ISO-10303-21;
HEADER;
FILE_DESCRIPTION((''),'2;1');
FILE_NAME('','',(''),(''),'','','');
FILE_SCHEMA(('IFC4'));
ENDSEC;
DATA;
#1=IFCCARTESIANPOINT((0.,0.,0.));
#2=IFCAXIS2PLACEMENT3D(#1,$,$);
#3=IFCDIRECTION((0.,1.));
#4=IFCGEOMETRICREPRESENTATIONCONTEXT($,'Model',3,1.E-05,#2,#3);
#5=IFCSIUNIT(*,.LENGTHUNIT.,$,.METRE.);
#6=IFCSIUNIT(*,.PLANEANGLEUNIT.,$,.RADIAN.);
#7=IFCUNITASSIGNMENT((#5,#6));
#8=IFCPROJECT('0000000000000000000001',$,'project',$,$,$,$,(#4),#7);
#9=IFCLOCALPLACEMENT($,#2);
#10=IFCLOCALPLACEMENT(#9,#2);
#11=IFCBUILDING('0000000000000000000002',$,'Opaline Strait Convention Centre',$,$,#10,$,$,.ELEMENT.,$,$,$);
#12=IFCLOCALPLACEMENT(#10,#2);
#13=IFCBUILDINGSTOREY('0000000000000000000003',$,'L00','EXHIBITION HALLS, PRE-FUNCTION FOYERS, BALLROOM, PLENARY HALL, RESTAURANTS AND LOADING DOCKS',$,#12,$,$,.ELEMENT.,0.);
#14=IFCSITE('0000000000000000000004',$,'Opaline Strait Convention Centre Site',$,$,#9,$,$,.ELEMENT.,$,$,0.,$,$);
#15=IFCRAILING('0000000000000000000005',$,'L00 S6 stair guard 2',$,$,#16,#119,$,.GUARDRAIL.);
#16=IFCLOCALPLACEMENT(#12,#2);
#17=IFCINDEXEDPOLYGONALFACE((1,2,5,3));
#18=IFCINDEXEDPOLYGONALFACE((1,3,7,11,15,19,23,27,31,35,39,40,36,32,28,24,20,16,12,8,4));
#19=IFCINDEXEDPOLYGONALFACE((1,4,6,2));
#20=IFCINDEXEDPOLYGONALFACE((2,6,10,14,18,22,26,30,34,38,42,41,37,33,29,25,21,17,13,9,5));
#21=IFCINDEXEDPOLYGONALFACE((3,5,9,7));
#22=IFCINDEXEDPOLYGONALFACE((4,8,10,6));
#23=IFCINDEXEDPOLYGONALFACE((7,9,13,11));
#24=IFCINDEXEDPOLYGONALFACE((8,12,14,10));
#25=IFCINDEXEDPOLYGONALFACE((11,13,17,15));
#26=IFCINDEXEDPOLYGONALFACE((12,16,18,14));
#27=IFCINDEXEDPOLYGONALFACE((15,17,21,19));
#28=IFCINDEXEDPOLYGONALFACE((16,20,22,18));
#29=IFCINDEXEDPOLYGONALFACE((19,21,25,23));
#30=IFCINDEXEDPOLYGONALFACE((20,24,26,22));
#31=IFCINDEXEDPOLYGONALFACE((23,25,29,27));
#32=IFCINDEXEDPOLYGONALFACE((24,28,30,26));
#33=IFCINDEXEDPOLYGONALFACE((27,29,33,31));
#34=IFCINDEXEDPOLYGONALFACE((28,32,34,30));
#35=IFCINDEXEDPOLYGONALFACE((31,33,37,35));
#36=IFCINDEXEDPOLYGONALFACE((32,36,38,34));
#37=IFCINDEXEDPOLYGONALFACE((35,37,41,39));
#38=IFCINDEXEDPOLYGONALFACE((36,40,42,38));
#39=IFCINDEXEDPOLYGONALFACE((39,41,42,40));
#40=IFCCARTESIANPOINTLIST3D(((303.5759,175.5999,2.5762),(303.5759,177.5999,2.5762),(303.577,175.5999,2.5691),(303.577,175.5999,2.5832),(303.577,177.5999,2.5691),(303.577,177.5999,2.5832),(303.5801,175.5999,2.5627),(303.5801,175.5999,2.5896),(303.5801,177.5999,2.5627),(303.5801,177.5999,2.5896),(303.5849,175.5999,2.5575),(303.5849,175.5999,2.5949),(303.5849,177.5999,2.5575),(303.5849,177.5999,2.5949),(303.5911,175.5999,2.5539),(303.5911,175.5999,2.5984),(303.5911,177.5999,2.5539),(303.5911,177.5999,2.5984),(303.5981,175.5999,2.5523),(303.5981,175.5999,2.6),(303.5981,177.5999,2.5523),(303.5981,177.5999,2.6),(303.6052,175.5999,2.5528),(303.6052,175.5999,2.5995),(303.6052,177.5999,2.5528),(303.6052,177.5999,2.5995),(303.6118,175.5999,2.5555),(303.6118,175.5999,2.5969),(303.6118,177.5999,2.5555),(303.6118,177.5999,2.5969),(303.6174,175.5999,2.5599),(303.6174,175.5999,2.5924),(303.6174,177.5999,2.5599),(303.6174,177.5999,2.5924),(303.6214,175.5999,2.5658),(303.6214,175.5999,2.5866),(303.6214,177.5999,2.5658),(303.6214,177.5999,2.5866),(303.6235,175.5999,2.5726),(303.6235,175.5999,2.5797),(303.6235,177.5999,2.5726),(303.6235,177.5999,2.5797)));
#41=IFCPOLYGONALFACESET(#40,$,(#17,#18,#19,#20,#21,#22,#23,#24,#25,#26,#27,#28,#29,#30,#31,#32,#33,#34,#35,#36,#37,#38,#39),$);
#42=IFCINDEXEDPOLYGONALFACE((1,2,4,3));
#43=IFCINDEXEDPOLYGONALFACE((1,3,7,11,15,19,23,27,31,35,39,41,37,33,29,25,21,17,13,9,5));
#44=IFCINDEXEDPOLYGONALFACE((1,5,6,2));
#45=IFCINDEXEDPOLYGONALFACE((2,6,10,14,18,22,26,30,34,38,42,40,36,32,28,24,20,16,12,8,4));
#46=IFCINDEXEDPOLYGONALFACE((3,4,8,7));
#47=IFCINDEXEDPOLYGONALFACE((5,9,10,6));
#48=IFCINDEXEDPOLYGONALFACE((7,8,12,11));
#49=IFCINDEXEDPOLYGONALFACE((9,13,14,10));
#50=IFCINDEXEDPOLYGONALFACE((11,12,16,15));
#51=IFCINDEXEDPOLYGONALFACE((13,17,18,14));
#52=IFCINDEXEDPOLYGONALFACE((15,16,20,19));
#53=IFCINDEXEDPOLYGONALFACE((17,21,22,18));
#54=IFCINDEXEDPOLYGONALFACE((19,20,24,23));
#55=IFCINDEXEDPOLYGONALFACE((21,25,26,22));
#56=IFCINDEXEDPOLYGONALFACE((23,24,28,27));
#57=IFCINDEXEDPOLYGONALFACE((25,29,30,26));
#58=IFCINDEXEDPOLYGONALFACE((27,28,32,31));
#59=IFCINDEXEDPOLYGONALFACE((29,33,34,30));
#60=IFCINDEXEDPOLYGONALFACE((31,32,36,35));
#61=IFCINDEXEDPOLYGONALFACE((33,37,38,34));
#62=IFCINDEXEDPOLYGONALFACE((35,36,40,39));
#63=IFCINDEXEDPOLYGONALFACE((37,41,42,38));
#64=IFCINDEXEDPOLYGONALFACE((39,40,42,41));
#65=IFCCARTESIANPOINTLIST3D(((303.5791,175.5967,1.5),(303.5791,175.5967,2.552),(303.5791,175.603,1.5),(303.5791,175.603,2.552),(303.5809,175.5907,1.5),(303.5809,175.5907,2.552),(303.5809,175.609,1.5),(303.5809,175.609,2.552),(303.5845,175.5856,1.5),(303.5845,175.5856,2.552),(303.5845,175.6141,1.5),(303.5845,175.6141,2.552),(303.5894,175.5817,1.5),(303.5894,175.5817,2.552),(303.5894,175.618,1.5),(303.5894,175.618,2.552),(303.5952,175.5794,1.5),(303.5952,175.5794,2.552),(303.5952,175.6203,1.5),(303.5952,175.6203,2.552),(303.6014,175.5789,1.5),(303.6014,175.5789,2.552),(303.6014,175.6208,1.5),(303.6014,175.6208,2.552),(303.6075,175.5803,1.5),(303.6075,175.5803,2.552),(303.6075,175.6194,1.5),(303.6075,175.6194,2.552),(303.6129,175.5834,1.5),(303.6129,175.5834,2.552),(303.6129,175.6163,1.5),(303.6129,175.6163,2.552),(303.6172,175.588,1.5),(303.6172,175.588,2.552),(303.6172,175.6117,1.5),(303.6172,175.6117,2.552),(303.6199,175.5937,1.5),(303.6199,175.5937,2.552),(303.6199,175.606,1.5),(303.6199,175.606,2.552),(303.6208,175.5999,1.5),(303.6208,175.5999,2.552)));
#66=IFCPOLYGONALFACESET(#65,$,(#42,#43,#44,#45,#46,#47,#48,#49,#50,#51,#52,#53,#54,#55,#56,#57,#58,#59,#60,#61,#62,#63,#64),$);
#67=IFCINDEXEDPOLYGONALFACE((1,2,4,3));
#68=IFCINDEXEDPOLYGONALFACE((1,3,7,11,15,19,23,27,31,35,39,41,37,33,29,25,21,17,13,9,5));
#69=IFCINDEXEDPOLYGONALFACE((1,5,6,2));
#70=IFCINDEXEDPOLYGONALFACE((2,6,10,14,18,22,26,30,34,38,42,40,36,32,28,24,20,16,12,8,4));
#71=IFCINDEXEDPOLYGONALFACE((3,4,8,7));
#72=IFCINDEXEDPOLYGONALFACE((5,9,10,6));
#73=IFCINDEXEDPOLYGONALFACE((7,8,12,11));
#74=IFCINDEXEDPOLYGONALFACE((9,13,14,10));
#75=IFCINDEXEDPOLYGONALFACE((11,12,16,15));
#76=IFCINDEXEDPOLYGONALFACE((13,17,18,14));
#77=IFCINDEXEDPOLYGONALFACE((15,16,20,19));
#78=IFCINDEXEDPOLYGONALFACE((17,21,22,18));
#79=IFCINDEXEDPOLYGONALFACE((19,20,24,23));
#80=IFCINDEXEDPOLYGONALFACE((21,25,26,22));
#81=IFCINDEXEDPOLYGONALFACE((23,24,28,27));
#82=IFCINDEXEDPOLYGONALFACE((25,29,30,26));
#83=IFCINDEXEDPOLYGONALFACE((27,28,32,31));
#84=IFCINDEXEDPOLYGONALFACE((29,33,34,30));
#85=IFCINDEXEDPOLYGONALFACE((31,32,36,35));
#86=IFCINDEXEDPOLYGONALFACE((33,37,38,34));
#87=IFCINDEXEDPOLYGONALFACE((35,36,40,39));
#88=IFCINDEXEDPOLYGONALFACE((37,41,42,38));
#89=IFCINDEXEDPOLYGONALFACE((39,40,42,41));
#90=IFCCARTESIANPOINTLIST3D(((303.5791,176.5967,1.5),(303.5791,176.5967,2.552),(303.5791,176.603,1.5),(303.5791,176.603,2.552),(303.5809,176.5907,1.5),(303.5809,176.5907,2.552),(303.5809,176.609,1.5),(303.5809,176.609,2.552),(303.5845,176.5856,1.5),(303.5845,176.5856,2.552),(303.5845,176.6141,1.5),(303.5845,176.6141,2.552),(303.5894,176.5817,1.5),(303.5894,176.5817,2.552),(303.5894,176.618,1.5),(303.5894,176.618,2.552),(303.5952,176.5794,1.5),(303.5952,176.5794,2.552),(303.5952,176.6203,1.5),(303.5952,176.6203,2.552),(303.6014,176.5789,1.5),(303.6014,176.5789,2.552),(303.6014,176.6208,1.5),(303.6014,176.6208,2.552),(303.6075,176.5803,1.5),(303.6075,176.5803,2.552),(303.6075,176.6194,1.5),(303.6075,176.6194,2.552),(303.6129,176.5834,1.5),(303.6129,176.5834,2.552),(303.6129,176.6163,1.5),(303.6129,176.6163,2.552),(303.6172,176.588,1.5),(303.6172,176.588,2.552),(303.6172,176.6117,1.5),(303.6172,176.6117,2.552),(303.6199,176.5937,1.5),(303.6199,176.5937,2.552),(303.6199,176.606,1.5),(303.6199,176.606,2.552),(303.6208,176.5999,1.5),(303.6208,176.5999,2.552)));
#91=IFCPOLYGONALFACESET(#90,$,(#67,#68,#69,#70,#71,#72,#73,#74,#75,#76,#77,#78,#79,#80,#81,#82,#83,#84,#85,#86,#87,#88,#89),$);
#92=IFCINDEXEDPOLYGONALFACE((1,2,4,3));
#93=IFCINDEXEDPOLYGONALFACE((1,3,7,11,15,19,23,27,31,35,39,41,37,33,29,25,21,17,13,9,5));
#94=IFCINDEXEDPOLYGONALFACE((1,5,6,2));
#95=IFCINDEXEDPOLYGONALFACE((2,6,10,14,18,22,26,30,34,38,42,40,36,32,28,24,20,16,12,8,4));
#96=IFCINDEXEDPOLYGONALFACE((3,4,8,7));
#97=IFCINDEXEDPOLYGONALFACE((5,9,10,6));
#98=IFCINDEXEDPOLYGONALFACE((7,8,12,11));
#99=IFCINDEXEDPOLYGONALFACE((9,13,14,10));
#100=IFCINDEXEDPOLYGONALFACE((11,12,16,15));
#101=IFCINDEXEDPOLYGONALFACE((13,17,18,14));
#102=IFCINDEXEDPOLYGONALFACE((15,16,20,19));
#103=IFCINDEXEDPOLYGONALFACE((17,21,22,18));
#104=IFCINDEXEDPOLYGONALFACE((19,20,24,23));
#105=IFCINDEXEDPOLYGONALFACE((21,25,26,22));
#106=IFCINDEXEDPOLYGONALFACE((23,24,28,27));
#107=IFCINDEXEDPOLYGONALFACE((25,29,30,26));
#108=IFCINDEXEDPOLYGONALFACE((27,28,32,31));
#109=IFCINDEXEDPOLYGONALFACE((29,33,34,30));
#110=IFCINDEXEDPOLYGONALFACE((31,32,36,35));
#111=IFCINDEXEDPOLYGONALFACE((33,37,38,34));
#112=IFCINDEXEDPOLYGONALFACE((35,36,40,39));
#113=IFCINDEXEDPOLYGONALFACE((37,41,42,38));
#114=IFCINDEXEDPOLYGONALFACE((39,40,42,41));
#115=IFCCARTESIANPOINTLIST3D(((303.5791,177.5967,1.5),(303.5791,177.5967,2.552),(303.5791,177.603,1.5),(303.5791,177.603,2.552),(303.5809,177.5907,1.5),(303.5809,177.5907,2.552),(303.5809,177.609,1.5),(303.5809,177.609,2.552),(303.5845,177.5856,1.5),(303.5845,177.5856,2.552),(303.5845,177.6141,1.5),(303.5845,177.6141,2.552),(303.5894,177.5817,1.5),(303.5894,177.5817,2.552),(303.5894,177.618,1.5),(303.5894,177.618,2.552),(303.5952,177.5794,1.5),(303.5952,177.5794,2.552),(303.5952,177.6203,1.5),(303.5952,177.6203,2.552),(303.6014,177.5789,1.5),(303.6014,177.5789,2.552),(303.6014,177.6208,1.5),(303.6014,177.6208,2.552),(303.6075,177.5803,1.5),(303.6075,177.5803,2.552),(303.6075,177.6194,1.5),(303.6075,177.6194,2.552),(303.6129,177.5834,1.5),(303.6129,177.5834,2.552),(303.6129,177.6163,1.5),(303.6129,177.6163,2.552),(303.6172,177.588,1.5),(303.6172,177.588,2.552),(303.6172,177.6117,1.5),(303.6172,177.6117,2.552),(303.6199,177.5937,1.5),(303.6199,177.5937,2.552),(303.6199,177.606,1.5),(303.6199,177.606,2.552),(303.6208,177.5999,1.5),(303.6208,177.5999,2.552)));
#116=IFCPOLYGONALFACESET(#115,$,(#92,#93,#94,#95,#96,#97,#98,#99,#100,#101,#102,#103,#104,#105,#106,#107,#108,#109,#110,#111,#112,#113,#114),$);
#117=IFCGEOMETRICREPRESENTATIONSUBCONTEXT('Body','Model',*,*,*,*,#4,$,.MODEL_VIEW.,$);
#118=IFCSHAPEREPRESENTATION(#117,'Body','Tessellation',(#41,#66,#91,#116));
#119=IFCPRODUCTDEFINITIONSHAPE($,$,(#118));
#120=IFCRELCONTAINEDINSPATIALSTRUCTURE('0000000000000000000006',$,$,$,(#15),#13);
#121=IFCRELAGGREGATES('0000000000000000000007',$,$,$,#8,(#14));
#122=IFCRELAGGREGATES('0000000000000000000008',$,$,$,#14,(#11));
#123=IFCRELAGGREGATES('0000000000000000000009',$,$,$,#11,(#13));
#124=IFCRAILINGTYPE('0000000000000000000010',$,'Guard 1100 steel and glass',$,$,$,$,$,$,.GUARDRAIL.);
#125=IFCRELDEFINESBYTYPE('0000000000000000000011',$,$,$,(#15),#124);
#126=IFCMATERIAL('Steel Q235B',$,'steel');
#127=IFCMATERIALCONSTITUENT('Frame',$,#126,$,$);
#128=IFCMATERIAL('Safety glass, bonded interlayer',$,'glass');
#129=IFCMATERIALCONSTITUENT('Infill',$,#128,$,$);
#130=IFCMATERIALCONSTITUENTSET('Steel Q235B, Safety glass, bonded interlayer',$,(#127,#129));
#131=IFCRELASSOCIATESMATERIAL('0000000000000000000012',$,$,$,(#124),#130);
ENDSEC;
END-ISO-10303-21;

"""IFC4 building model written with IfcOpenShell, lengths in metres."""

from ifc_helpers import new_model, si_unit, direction, frame, origin, origin_2d, place, context, subcontext, project, spatial, circle, extrude, material, constituent, constituent_set, type_object, element, save


model = new_model("IFC4")

# Units and contexts
model_context = context("Model", 3, precision=1e-05, world=origin(), true_north=direction((0.0, 1.0)))
body_context = subcontext(model_context, "Body", "Model", "MODEL_VIEW")
ifc_project = project(units=[si_unit("LENGTHUNIT", "METRE"), si_unit("PLANEANGLEUNIT", "RADIAN")], contexts=[model_context])

# Site, building, storey
site_placement = place(None, origin())
site = spatial("IfcSite", under=ifc_project, at=site_placement, Name="Opaline Strait Convention Centre Site", CompositionType="ELEMENT", RefElevation=0.0)
building_placement = place(site_placement, origin())
building = spatial("IfcBuilding", under=site, at=building_placement, Name="Opaline Strait Convention Centre", CompositionType="ELEMENT")
storey_placement = place(building_placement, origin())
storey = spatial("IfcBuildingStorey", under=building, at=storey_placement, Name="L00", Description="EXHIBITION HALLS, PRE-FUNCTION FOYERS, BALLROOM, PLENARY HALL, RESTAURANTS AND LOADING DOCKS", CompositionType="ELEMENT", Elevation=0.0)

# Railing
ifc_material_1 = material(Name="Steel Q235B", Category="steel")
ifc_constituent_1 = constituent(ifc_material_1, Name="Frame")
ifc_material_2 = material(Name="Safety glass, bonded interlayer", Category="glass")
ifc_constituent_2 = constituent(ifc_material_2, Name="Infill")
ifc_constituent_set = constituent_set(constituents=[ifc_constituent_1, ifc_constituent_2], Name="Steel Q235B, Safety glass, bonded interlayer")
railing_type_1 = type_object("IfcRailingType", Name="Guard 1100 steel and glass", PredefinedType="GUARDRAIL", material=ifc_constituent_set)
railing_1_placement = place(storey_placement, frame((303.5999, 175.5999, 1.5)))
element("IfcRailing", 1, at=railing_1_placement, inside=storey, type_object=railing_type_1, Name="L00 S6 stair guard 2", PredefinedType="GUARDRAIL", context=body_context, shape_type="SweptSolid", body=[
    extrude(circle(Radius=0.0239, at=origin_2d()), frame((0.0, 0.0, 1.0762), z_axis=(0.0, 1.0, 0.0), x_axis=(-1.0, 0.0, 0.0)), (0.0, 0.0, 1.0), 2.0),
    extrude(circle(Radius=0.021, at=origin_2d()), origin(), (0.0, 0.0, 1.0), 1.052),
    extrude(circle(Radius=0.021, at=origin_2d()), frame((0.0, 1.0, 0.0)), (0.0, 0.0, 1.0), 1.052),
    extrude(circle(Radius=0.021, at=origin_2d()), frame((0.0, 2.0, 0.0)), (0.0, 0.0, 1.0), 1.052),
])

save(model, "model.ifc")
